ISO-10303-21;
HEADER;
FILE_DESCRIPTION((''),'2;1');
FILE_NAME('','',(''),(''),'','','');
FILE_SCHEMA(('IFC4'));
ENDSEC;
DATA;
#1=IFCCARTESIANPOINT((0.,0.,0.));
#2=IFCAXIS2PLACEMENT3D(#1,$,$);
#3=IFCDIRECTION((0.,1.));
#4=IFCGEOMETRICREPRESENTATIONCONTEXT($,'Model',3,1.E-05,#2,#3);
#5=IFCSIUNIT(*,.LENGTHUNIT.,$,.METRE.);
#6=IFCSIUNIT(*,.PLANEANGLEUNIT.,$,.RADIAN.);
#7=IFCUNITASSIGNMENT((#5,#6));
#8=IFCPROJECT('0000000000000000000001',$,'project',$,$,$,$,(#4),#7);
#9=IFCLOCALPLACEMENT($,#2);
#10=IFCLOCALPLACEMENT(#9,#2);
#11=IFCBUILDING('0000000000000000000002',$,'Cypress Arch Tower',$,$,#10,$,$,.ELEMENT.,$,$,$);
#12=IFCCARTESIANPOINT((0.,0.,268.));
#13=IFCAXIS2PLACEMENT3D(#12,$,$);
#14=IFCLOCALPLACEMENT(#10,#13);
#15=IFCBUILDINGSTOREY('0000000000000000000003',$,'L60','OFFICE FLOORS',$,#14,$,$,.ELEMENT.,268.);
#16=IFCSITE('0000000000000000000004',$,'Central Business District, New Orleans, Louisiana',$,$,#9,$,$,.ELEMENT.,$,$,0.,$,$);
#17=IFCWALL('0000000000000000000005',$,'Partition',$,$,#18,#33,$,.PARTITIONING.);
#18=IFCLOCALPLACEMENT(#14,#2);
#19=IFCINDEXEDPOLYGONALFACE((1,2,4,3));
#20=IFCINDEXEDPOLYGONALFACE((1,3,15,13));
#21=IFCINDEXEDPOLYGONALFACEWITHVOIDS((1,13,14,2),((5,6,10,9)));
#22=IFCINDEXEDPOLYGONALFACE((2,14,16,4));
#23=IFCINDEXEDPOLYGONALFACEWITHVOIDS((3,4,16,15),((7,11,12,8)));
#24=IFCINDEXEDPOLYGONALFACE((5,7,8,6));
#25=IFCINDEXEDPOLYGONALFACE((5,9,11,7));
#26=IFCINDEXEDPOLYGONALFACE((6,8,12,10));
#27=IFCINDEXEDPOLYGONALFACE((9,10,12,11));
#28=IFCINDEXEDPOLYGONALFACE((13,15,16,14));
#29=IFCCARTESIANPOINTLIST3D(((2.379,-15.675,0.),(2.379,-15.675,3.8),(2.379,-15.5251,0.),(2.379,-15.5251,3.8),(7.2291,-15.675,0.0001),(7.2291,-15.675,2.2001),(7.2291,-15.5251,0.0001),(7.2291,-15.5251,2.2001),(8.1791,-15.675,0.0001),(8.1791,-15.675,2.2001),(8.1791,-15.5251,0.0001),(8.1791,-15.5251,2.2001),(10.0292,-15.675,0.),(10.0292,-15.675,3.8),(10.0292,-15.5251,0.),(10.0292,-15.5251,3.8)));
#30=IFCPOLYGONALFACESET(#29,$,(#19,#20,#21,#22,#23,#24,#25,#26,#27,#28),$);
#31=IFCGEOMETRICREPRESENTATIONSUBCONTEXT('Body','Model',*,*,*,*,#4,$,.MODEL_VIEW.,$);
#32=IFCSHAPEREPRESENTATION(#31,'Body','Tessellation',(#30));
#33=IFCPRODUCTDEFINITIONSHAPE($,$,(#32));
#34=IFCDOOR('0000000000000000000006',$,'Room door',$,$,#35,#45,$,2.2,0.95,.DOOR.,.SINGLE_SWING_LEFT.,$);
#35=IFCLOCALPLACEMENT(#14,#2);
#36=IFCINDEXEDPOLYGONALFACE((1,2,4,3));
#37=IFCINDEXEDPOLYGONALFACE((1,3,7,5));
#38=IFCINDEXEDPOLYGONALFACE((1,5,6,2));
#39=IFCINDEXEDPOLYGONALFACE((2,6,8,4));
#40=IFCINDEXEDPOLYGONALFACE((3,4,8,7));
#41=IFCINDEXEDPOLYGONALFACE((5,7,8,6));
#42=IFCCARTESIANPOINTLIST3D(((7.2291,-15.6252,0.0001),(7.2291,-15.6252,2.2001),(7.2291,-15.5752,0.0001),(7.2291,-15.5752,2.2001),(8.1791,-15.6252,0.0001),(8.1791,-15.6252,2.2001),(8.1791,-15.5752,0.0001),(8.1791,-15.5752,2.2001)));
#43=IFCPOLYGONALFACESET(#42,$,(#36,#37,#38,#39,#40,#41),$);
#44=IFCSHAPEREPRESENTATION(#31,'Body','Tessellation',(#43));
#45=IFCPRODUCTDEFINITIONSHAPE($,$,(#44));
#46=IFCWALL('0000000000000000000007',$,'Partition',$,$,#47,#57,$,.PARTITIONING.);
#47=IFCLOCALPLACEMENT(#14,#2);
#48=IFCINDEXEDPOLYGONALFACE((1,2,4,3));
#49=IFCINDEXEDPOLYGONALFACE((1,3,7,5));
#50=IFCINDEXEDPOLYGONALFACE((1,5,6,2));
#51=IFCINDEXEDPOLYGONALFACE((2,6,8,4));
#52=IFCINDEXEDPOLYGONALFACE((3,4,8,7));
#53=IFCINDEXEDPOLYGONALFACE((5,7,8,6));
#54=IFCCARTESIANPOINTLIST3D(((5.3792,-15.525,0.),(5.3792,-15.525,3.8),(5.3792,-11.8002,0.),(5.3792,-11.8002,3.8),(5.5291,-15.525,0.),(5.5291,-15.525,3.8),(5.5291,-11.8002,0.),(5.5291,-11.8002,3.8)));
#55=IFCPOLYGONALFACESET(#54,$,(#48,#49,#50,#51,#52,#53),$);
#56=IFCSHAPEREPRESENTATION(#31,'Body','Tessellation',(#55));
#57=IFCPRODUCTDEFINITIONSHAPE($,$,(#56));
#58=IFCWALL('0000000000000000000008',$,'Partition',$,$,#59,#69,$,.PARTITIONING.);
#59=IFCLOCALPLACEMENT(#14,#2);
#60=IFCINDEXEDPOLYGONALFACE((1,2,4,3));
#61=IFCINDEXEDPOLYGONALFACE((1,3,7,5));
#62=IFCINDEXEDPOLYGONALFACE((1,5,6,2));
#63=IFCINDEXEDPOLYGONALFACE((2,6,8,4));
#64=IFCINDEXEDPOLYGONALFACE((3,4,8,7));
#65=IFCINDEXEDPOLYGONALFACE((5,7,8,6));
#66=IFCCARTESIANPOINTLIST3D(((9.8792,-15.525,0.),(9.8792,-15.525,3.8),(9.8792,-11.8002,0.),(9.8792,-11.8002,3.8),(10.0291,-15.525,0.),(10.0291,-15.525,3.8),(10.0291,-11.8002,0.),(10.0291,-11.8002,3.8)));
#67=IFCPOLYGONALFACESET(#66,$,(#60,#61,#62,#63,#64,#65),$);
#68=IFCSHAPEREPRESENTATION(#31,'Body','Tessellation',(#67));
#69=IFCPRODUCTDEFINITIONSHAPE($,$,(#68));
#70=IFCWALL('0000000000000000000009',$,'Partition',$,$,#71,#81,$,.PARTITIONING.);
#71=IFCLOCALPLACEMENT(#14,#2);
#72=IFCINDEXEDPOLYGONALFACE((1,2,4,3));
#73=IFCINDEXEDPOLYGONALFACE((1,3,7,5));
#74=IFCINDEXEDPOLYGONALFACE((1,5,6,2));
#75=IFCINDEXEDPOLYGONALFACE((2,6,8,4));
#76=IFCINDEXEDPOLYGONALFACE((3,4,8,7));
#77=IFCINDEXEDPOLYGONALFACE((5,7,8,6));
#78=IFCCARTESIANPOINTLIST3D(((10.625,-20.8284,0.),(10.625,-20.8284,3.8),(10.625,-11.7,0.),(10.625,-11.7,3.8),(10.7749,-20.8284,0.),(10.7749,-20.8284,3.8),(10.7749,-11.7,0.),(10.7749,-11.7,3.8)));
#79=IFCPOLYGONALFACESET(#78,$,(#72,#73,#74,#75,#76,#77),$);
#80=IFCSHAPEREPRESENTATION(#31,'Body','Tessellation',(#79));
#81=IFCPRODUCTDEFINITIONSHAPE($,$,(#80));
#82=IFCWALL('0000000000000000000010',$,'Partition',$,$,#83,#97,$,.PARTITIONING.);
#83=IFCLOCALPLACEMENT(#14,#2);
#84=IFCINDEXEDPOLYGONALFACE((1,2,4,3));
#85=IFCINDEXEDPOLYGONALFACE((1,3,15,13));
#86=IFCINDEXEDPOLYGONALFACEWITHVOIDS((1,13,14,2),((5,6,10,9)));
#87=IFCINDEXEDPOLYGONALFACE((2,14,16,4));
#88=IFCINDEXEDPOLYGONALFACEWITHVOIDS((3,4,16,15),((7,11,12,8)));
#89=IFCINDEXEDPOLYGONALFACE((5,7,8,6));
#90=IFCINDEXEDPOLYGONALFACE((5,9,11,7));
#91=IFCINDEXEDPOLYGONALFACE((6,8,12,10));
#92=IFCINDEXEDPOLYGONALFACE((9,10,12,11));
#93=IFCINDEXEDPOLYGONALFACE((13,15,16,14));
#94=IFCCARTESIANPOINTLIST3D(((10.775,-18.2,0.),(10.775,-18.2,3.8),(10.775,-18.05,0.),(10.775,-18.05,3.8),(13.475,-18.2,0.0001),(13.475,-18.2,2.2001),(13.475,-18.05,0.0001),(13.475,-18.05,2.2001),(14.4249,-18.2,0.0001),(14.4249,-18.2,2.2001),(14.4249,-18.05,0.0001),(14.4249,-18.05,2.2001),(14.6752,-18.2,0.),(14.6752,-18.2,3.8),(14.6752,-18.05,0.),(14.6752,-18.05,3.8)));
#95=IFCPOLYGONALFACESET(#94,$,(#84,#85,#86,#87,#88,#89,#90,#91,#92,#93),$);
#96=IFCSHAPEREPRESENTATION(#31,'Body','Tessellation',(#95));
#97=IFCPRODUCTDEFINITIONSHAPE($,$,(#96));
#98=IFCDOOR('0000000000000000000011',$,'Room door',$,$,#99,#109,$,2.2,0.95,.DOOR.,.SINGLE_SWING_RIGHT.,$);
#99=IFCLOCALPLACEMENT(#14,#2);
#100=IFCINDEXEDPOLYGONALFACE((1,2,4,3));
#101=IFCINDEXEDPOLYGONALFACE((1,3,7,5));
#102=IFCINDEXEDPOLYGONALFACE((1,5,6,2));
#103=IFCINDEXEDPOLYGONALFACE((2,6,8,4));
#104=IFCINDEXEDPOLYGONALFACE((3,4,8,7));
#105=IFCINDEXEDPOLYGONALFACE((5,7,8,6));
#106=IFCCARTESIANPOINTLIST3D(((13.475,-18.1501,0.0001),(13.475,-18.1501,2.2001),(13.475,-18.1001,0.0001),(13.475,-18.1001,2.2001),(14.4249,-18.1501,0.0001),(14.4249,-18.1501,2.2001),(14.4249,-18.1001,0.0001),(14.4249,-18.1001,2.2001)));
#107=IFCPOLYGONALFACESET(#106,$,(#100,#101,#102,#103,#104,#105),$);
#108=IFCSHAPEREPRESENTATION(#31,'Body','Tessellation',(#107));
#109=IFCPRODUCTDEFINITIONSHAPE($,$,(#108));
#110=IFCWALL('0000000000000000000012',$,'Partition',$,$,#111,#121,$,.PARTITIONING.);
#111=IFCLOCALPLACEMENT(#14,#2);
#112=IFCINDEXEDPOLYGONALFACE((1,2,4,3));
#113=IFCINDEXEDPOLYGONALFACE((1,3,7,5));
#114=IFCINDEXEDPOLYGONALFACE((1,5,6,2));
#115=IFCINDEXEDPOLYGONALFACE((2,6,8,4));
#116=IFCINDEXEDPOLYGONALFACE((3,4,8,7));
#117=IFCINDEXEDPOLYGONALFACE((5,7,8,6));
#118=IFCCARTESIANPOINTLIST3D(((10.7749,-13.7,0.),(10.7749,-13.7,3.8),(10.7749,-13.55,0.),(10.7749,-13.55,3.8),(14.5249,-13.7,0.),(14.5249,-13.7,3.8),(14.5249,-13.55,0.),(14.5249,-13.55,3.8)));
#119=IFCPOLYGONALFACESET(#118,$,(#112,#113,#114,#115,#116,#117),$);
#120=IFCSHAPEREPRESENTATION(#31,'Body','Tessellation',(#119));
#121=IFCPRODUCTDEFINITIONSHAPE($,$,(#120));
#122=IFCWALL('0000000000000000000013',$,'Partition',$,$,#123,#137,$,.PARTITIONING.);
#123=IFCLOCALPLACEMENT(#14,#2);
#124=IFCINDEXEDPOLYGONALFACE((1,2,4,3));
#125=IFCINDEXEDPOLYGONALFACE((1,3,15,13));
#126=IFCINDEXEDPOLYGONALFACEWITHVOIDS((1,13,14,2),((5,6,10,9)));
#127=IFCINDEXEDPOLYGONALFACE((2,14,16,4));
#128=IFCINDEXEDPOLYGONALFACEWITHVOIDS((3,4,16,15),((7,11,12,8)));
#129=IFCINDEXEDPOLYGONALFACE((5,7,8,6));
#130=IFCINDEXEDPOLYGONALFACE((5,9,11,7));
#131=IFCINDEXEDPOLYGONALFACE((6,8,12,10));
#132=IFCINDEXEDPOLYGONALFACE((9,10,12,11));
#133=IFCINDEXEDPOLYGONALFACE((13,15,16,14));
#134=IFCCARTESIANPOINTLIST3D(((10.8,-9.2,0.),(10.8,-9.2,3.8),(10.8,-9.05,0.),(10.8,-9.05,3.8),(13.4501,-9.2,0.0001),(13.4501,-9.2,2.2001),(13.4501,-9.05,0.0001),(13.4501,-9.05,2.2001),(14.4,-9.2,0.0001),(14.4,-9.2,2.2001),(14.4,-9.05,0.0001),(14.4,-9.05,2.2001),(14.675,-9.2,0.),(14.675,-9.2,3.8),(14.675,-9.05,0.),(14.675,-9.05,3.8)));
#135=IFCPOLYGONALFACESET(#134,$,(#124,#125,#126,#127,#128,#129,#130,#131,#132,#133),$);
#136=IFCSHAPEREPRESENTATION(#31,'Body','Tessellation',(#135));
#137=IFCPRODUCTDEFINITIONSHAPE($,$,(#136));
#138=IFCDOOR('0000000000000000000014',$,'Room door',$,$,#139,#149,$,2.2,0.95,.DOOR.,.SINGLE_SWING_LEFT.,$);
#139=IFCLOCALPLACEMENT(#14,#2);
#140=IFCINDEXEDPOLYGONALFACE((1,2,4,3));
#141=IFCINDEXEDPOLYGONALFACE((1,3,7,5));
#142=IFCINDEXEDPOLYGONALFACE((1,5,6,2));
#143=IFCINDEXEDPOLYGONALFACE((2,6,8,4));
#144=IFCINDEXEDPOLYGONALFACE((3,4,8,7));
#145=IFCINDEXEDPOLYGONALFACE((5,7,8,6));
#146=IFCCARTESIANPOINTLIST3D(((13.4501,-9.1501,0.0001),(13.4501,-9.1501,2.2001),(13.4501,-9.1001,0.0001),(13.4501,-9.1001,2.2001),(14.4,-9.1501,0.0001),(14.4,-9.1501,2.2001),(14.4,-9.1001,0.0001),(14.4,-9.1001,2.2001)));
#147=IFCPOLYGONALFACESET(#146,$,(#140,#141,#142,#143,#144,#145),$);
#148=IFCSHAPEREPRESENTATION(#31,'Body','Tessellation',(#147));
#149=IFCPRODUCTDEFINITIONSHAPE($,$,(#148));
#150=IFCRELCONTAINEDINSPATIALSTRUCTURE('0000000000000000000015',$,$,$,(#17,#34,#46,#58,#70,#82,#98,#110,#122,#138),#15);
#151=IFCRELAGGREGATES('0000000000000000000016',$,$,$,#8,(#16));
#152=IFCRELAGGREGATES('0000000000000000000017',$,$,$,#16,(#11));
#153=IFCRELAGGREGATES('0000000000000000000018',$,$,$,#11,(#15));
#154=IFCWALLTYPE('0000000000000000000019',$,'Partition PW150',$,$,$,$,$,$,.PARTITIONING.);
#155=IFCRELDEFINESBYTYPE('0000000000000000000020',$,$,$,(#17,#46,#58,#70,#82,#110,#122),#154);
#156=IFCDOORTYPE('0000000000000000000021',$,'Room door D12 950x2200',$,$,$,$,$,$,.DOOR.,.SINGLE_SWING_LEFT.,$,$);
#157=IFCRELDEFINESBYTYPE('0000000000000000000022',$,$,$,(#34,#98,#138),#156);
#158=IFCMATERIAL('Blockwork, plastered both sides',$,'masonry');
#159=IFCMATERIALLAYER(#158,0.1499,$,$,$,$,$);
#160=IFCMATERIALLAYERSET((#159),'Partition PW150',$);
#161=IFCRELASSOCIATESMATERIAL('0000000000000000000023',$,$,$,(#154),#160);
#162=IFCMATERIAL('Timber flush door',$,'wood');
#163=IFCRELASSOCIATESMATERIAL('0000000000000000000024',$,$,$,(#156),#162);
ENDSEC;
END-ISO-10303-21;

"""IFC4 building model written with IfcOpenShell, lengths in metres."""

from ifc_helpers import new_model, si_unit, direction, frame, frame_2d, origin, place, context, subcontext, project, spatial, rectangle, extrude, material, layer, layer_set, type_object, element, fill, save


model = new_model("IFC4")

# Units and contexts
model_context = context("Model", 3, precision=1e-05, world=origin(), true_north=direction((0.0, 1.0)))
body_context = subcontext(model_context, "Body", "Model", "MODEL_VIEW")
ifc_project = project(units=[si_unit("LENGTHUNIT", "METRE"), si_unit("PLANEANGLEUNIT", "RADIAN")], contexts=[model_context])

# Site, building, storey
site_placement = place(None, origin())
site = spatial("IfcSite", under=ifc_project, at=site_placement, Name="Central Business District, New Orleans, Louisiana", CompositionType="ELEMENT", RefElevation=0.0)
building_placement = place(site_placement, origin())
building = spatial("IfcBuilding", under=site, at=building_placement, Name="Cypress Arch Tower", CompositionType="ELEMENT")
storey_placement = place(building_placement, frame((0.0, 0.0, 268.0)))
storey = spatial("IfcBuildingStorey", under=building, at=storey_placement, Name="L60", Description="OFFICE FLOORS", CompositionType="ELEMENT", Elevation=268.0)

# Wall, opening, door
ifc_material_1 = material(Name="Blockwork, plastered both sides", Category="masonry")
ifc_layer_1 = layer(ifc_material_1, 0.1499)
ifc_layer_set_1 = layer_set([ifc_layer_1], Name="Partition PW150")
wall_type_1 = type_object("IfcWallType", Name="Partition PW150", PredefinedType="PARTITIONING", material=ifc_layer_set_1)
ifc_material_2 = material(Name="Timber flush door", Category="wood")
door_type_1 = type_object("IfcDoorType", Name="Room door D12 950x2200", OperationType="SINGLE_SWING_LEFT", PredefinedType="DOOR", material=ifc_material_2)
wall_1_placement = place(storey_placement, frame((2.3789, -15.6001, 0.0), z_axis=(0.0, 0.0, 1.0), x_axis=(1.0, 0.0, 0.0)))
wall_1 = element("IfcWall", 1, at=wall_1_placement, inside=storey, type_object=wall_type_1, Name="Partition", PredefinedType="PARTITIONING", context=body_context, shape_type="SweptSolid", body=[
    extrude(rectangle(XDim=7.6501, YDim=0.1499, at=frame_2d((3.8252, 0.0))), origin(), (0.0, 0.0, 1.0), 3.8),
])
opening_1_placement = place(wall_1_placement, frame((4.8501, 0.0, 0.0)))
opening_1 = element("IfcOpeningElement", 2, at=opening_1_placement, cuts=wall_1, PredefinedType="OPENING", context=body_context, shape_type="SweptSolid", body=[
    extrude(rectangle(XDim=0.95, YDim=2.2, at=frame_2d((0.4751, 1.1001))), frame((0.0, 0.085, 0.0), z_axis=(0.0, -1.0, 0.0), x_axis=(1.0, 0.0, 0.0)), (0.0, 0.0, 1.0), 0.1699),
])
door_1_placement = place(opening_1_placement, origin())
door_1 = element("IfcDoor", 3, at=door_1_placement, inside=storey, type_object=door_type_1, Name="Room door", OperationType="SINGLE_SWING_LEFT", OverallHeight=2.2, OverallWidth=0.95, PredefinedType="DOOR", context=body_context, shape_type="SweptSolid", body=[
    extrude(rectangle(XDim=0.95, YDim=2.2, at=frame_2d((0.4751, 1.1001))), frame((0.0, 0.0249, 0.0), z_axis=(0.0, -1.0, 0.0), x_axis=(1.0, 0.0, 0.0)), (0.0, 0.0, 1.0), 0.05),
])
fill(opening_1, door_1)

# Walls
for number, where, z_axis, x_axis, name in (
    (4, (5.4541, -15.5249, 0.0), (0.0, 0.0, 1.0), (0.0, 1.0, 0.0), "Partition"),
    (5, (9.9541, -15.5249, 0.0), (0.0, 0.0, 1.0), (0.0, 1.0, 0.0), "Partition"),
):
    element("IfcWall", number, at=place(storey_placement, frame(where, z_axis=z_axis, x_axis=x_axis)), inside=storey, type_object=wall_type_1, Name=name, PredefinedType="PARTITIONING", context=body_context, shape_type="SweptSolid", body=[
        extrude(rectangle(XDim=3.7249, YDim=0.1499, at=frame_2d((1.8623, 0.0))), origin(), (0.0, 0.0, 1.0), 3.8),
    ])
wall_2_placement = place(storey_placement, frame((10.7, -20.8284, 0.0), z_axis=(0.0, 0.0, 1.0), x_axis=(0.0, 1.0, 0.0)))
element("IfcWall", 6, at=wall_2_placement, inside=storey, type_object=wall_type_1, Name="Partition", PredefinedType="PARTITIONING", context=body_context, shape_type="SweptSolid", body=[
    extrude(rectangle(XDim=9.1284, YDim=0.1499, at=frame_2d((4.5642, 0.0))), origin(), (0.0, 0.0, 1.0), 3.8),
])

# Wall, opening, door
wall_3_placement = place(storey_placement, frame((10.7749, -18.125, 0.0), z_axis=(0.0, 0.0, 1.0), x_axis=(1.0, 0.0, 0.0)))
wall_3 = element("IfcWall", 7, at=wall_3_placement, inside=storey, type_object=wall_type_1, Name="Partition", PredefinedType="PARTITIONING", context=body_context, shape_type="SweptSolid", body=[
    extrude(rectangle(XDim=3.9001, YDim=0.1499, at=frame_2d((1.9502, 0.0))), origin(), (0.0, 0.0, 1.0), 3.8),
])
opening_2_placement = place(wall_3_placement, frame((2.7, 0.0, 0.0)))
opening_2 = element("IfcOpeningElement", 8, at=opening_2_placement, cuts=wall_3, PredefinedType="OPENING", context=body_context, shape_type="SweptSolid", body=[
    extrude(rectangle(XDim=0.95, YDim=2.2, at=frame_2d((0.4751, 1.1001))), frame((0.0, 0.085, 0.0), z_axis=(0.0, -1.0, 0.0), x_axis=(1.0, 0.0, 0.0)), (0.0, 0.0, 1.0), 0.1699),
])
door_2_placement = place(opening_2_placement, origin())
door_2 = element("IfcDoor", 9, at=door_2_placement, inside=storey, type_object=door_type_1, Name="Room door", OperationType="SINGLE_SWING_RIGHT", OverallHeight=2.2, OverallWidth=0.95, PredefinedType="DOOR", context=body_context, shape_type="SweptSolid", body=[
    extrude(rectangle(XDim=0.95, YDim=2.2, at=frame_2d((0.4751, 1.1001))), frame((0.0, 0.0249, 0.0), z_axis=(0.0, -1.0, 0.0), x_axis=(1.0, 0.0, 0.0)), (0.0, 0.0, 1.0), 0.05),
])
fill(opening_2, door_2)

# Wall
wall_4_placement = place(storey_placement, frame((10.7749, -13.625, 0.0), z_axis=(0.0, 0.0, 1.0), x_axis=(1.0, 0.0, 0.0)))
element("IfcWall", 10, at=wall_4_placement, inside=storey, type_object=wall_type_1, Name="Partition", PredefinedType="PARTITIONING", context=body_context, shape_type="SweptSolid", body=[
    extrude(rectangle(XDim=3.75, YDim=0.1499, at=frame_2d((1.875, 0.0))), origin(), (0.0, 0.0, 1.0), 3.8),
])

# Wall, opening, door
wall_5_placement = place(storey_placement, frame((10.8, -9.125, 0.0), z_axis=(0.0, 0.0, 1.0), x_axis=(1.0, 0.0, 0.0)))
wall_5 = element("IfcWall", 11, at=wall_5_placement, inside=storey, type_object=wall_type_1, Name="Partition", PredefinedType="PARTITIONING", context=body_context, shape_type="SweptSolid", body=[
    extrude(rectangle(XDim=3.875, YDim=0.1499, at=frame_2d((1.9375, 0.0))), origin(), (0.0, 0.0, 1.0), 3.8),
])
opening_3_placement = place(wall_5_placement, frame((2.6499, 0.0, 0.0)))
opening_3 = element("IfcOpeningElement", 12, at=opening_3_placement, cuts=wall_5, PredefinedType="OPENING", context=body_context, shape_type="SweptSolid", body=[
    extrude(rectangle(XDim=0.95, YDim=2.2, at=frame_2d((0.4751, 1.1001))), frame((0.0, 0.085, 0.0), z_axis=(0.0, -1.0, 0.0), x_axis=(1.0, 0.0, 0.0)), (0.0, 0.0, 1.0), 0.1699),
])
door_3_placement = place(opening_3_placement, origin())
door_3 = element("IfcDoor", 13, at=door_3_placement, inside=storey, type_object=door_type_1, Name="Room door", OperationType="SINGLE_SWING_LEFT", OverallHeight=2.2, OverallWidth=0.95, PredefinedType="DOOR", context=body_context, shape_type="SweptSolid", body=[
    extrude(rectangle(XDim=0.95, YDim=2.2, at=frame_2d((0.4751, 1.1001))), frame((0.0, 0.0249, 0.0), z_axis=(0.0, -1.0, 0.0), x_axis=(1.0, 0.0, 0.0)), (0.0, 0.0, 1.0), 0.05),
])
fill(opening_3, door_3)

save(model, "model.ifc")
